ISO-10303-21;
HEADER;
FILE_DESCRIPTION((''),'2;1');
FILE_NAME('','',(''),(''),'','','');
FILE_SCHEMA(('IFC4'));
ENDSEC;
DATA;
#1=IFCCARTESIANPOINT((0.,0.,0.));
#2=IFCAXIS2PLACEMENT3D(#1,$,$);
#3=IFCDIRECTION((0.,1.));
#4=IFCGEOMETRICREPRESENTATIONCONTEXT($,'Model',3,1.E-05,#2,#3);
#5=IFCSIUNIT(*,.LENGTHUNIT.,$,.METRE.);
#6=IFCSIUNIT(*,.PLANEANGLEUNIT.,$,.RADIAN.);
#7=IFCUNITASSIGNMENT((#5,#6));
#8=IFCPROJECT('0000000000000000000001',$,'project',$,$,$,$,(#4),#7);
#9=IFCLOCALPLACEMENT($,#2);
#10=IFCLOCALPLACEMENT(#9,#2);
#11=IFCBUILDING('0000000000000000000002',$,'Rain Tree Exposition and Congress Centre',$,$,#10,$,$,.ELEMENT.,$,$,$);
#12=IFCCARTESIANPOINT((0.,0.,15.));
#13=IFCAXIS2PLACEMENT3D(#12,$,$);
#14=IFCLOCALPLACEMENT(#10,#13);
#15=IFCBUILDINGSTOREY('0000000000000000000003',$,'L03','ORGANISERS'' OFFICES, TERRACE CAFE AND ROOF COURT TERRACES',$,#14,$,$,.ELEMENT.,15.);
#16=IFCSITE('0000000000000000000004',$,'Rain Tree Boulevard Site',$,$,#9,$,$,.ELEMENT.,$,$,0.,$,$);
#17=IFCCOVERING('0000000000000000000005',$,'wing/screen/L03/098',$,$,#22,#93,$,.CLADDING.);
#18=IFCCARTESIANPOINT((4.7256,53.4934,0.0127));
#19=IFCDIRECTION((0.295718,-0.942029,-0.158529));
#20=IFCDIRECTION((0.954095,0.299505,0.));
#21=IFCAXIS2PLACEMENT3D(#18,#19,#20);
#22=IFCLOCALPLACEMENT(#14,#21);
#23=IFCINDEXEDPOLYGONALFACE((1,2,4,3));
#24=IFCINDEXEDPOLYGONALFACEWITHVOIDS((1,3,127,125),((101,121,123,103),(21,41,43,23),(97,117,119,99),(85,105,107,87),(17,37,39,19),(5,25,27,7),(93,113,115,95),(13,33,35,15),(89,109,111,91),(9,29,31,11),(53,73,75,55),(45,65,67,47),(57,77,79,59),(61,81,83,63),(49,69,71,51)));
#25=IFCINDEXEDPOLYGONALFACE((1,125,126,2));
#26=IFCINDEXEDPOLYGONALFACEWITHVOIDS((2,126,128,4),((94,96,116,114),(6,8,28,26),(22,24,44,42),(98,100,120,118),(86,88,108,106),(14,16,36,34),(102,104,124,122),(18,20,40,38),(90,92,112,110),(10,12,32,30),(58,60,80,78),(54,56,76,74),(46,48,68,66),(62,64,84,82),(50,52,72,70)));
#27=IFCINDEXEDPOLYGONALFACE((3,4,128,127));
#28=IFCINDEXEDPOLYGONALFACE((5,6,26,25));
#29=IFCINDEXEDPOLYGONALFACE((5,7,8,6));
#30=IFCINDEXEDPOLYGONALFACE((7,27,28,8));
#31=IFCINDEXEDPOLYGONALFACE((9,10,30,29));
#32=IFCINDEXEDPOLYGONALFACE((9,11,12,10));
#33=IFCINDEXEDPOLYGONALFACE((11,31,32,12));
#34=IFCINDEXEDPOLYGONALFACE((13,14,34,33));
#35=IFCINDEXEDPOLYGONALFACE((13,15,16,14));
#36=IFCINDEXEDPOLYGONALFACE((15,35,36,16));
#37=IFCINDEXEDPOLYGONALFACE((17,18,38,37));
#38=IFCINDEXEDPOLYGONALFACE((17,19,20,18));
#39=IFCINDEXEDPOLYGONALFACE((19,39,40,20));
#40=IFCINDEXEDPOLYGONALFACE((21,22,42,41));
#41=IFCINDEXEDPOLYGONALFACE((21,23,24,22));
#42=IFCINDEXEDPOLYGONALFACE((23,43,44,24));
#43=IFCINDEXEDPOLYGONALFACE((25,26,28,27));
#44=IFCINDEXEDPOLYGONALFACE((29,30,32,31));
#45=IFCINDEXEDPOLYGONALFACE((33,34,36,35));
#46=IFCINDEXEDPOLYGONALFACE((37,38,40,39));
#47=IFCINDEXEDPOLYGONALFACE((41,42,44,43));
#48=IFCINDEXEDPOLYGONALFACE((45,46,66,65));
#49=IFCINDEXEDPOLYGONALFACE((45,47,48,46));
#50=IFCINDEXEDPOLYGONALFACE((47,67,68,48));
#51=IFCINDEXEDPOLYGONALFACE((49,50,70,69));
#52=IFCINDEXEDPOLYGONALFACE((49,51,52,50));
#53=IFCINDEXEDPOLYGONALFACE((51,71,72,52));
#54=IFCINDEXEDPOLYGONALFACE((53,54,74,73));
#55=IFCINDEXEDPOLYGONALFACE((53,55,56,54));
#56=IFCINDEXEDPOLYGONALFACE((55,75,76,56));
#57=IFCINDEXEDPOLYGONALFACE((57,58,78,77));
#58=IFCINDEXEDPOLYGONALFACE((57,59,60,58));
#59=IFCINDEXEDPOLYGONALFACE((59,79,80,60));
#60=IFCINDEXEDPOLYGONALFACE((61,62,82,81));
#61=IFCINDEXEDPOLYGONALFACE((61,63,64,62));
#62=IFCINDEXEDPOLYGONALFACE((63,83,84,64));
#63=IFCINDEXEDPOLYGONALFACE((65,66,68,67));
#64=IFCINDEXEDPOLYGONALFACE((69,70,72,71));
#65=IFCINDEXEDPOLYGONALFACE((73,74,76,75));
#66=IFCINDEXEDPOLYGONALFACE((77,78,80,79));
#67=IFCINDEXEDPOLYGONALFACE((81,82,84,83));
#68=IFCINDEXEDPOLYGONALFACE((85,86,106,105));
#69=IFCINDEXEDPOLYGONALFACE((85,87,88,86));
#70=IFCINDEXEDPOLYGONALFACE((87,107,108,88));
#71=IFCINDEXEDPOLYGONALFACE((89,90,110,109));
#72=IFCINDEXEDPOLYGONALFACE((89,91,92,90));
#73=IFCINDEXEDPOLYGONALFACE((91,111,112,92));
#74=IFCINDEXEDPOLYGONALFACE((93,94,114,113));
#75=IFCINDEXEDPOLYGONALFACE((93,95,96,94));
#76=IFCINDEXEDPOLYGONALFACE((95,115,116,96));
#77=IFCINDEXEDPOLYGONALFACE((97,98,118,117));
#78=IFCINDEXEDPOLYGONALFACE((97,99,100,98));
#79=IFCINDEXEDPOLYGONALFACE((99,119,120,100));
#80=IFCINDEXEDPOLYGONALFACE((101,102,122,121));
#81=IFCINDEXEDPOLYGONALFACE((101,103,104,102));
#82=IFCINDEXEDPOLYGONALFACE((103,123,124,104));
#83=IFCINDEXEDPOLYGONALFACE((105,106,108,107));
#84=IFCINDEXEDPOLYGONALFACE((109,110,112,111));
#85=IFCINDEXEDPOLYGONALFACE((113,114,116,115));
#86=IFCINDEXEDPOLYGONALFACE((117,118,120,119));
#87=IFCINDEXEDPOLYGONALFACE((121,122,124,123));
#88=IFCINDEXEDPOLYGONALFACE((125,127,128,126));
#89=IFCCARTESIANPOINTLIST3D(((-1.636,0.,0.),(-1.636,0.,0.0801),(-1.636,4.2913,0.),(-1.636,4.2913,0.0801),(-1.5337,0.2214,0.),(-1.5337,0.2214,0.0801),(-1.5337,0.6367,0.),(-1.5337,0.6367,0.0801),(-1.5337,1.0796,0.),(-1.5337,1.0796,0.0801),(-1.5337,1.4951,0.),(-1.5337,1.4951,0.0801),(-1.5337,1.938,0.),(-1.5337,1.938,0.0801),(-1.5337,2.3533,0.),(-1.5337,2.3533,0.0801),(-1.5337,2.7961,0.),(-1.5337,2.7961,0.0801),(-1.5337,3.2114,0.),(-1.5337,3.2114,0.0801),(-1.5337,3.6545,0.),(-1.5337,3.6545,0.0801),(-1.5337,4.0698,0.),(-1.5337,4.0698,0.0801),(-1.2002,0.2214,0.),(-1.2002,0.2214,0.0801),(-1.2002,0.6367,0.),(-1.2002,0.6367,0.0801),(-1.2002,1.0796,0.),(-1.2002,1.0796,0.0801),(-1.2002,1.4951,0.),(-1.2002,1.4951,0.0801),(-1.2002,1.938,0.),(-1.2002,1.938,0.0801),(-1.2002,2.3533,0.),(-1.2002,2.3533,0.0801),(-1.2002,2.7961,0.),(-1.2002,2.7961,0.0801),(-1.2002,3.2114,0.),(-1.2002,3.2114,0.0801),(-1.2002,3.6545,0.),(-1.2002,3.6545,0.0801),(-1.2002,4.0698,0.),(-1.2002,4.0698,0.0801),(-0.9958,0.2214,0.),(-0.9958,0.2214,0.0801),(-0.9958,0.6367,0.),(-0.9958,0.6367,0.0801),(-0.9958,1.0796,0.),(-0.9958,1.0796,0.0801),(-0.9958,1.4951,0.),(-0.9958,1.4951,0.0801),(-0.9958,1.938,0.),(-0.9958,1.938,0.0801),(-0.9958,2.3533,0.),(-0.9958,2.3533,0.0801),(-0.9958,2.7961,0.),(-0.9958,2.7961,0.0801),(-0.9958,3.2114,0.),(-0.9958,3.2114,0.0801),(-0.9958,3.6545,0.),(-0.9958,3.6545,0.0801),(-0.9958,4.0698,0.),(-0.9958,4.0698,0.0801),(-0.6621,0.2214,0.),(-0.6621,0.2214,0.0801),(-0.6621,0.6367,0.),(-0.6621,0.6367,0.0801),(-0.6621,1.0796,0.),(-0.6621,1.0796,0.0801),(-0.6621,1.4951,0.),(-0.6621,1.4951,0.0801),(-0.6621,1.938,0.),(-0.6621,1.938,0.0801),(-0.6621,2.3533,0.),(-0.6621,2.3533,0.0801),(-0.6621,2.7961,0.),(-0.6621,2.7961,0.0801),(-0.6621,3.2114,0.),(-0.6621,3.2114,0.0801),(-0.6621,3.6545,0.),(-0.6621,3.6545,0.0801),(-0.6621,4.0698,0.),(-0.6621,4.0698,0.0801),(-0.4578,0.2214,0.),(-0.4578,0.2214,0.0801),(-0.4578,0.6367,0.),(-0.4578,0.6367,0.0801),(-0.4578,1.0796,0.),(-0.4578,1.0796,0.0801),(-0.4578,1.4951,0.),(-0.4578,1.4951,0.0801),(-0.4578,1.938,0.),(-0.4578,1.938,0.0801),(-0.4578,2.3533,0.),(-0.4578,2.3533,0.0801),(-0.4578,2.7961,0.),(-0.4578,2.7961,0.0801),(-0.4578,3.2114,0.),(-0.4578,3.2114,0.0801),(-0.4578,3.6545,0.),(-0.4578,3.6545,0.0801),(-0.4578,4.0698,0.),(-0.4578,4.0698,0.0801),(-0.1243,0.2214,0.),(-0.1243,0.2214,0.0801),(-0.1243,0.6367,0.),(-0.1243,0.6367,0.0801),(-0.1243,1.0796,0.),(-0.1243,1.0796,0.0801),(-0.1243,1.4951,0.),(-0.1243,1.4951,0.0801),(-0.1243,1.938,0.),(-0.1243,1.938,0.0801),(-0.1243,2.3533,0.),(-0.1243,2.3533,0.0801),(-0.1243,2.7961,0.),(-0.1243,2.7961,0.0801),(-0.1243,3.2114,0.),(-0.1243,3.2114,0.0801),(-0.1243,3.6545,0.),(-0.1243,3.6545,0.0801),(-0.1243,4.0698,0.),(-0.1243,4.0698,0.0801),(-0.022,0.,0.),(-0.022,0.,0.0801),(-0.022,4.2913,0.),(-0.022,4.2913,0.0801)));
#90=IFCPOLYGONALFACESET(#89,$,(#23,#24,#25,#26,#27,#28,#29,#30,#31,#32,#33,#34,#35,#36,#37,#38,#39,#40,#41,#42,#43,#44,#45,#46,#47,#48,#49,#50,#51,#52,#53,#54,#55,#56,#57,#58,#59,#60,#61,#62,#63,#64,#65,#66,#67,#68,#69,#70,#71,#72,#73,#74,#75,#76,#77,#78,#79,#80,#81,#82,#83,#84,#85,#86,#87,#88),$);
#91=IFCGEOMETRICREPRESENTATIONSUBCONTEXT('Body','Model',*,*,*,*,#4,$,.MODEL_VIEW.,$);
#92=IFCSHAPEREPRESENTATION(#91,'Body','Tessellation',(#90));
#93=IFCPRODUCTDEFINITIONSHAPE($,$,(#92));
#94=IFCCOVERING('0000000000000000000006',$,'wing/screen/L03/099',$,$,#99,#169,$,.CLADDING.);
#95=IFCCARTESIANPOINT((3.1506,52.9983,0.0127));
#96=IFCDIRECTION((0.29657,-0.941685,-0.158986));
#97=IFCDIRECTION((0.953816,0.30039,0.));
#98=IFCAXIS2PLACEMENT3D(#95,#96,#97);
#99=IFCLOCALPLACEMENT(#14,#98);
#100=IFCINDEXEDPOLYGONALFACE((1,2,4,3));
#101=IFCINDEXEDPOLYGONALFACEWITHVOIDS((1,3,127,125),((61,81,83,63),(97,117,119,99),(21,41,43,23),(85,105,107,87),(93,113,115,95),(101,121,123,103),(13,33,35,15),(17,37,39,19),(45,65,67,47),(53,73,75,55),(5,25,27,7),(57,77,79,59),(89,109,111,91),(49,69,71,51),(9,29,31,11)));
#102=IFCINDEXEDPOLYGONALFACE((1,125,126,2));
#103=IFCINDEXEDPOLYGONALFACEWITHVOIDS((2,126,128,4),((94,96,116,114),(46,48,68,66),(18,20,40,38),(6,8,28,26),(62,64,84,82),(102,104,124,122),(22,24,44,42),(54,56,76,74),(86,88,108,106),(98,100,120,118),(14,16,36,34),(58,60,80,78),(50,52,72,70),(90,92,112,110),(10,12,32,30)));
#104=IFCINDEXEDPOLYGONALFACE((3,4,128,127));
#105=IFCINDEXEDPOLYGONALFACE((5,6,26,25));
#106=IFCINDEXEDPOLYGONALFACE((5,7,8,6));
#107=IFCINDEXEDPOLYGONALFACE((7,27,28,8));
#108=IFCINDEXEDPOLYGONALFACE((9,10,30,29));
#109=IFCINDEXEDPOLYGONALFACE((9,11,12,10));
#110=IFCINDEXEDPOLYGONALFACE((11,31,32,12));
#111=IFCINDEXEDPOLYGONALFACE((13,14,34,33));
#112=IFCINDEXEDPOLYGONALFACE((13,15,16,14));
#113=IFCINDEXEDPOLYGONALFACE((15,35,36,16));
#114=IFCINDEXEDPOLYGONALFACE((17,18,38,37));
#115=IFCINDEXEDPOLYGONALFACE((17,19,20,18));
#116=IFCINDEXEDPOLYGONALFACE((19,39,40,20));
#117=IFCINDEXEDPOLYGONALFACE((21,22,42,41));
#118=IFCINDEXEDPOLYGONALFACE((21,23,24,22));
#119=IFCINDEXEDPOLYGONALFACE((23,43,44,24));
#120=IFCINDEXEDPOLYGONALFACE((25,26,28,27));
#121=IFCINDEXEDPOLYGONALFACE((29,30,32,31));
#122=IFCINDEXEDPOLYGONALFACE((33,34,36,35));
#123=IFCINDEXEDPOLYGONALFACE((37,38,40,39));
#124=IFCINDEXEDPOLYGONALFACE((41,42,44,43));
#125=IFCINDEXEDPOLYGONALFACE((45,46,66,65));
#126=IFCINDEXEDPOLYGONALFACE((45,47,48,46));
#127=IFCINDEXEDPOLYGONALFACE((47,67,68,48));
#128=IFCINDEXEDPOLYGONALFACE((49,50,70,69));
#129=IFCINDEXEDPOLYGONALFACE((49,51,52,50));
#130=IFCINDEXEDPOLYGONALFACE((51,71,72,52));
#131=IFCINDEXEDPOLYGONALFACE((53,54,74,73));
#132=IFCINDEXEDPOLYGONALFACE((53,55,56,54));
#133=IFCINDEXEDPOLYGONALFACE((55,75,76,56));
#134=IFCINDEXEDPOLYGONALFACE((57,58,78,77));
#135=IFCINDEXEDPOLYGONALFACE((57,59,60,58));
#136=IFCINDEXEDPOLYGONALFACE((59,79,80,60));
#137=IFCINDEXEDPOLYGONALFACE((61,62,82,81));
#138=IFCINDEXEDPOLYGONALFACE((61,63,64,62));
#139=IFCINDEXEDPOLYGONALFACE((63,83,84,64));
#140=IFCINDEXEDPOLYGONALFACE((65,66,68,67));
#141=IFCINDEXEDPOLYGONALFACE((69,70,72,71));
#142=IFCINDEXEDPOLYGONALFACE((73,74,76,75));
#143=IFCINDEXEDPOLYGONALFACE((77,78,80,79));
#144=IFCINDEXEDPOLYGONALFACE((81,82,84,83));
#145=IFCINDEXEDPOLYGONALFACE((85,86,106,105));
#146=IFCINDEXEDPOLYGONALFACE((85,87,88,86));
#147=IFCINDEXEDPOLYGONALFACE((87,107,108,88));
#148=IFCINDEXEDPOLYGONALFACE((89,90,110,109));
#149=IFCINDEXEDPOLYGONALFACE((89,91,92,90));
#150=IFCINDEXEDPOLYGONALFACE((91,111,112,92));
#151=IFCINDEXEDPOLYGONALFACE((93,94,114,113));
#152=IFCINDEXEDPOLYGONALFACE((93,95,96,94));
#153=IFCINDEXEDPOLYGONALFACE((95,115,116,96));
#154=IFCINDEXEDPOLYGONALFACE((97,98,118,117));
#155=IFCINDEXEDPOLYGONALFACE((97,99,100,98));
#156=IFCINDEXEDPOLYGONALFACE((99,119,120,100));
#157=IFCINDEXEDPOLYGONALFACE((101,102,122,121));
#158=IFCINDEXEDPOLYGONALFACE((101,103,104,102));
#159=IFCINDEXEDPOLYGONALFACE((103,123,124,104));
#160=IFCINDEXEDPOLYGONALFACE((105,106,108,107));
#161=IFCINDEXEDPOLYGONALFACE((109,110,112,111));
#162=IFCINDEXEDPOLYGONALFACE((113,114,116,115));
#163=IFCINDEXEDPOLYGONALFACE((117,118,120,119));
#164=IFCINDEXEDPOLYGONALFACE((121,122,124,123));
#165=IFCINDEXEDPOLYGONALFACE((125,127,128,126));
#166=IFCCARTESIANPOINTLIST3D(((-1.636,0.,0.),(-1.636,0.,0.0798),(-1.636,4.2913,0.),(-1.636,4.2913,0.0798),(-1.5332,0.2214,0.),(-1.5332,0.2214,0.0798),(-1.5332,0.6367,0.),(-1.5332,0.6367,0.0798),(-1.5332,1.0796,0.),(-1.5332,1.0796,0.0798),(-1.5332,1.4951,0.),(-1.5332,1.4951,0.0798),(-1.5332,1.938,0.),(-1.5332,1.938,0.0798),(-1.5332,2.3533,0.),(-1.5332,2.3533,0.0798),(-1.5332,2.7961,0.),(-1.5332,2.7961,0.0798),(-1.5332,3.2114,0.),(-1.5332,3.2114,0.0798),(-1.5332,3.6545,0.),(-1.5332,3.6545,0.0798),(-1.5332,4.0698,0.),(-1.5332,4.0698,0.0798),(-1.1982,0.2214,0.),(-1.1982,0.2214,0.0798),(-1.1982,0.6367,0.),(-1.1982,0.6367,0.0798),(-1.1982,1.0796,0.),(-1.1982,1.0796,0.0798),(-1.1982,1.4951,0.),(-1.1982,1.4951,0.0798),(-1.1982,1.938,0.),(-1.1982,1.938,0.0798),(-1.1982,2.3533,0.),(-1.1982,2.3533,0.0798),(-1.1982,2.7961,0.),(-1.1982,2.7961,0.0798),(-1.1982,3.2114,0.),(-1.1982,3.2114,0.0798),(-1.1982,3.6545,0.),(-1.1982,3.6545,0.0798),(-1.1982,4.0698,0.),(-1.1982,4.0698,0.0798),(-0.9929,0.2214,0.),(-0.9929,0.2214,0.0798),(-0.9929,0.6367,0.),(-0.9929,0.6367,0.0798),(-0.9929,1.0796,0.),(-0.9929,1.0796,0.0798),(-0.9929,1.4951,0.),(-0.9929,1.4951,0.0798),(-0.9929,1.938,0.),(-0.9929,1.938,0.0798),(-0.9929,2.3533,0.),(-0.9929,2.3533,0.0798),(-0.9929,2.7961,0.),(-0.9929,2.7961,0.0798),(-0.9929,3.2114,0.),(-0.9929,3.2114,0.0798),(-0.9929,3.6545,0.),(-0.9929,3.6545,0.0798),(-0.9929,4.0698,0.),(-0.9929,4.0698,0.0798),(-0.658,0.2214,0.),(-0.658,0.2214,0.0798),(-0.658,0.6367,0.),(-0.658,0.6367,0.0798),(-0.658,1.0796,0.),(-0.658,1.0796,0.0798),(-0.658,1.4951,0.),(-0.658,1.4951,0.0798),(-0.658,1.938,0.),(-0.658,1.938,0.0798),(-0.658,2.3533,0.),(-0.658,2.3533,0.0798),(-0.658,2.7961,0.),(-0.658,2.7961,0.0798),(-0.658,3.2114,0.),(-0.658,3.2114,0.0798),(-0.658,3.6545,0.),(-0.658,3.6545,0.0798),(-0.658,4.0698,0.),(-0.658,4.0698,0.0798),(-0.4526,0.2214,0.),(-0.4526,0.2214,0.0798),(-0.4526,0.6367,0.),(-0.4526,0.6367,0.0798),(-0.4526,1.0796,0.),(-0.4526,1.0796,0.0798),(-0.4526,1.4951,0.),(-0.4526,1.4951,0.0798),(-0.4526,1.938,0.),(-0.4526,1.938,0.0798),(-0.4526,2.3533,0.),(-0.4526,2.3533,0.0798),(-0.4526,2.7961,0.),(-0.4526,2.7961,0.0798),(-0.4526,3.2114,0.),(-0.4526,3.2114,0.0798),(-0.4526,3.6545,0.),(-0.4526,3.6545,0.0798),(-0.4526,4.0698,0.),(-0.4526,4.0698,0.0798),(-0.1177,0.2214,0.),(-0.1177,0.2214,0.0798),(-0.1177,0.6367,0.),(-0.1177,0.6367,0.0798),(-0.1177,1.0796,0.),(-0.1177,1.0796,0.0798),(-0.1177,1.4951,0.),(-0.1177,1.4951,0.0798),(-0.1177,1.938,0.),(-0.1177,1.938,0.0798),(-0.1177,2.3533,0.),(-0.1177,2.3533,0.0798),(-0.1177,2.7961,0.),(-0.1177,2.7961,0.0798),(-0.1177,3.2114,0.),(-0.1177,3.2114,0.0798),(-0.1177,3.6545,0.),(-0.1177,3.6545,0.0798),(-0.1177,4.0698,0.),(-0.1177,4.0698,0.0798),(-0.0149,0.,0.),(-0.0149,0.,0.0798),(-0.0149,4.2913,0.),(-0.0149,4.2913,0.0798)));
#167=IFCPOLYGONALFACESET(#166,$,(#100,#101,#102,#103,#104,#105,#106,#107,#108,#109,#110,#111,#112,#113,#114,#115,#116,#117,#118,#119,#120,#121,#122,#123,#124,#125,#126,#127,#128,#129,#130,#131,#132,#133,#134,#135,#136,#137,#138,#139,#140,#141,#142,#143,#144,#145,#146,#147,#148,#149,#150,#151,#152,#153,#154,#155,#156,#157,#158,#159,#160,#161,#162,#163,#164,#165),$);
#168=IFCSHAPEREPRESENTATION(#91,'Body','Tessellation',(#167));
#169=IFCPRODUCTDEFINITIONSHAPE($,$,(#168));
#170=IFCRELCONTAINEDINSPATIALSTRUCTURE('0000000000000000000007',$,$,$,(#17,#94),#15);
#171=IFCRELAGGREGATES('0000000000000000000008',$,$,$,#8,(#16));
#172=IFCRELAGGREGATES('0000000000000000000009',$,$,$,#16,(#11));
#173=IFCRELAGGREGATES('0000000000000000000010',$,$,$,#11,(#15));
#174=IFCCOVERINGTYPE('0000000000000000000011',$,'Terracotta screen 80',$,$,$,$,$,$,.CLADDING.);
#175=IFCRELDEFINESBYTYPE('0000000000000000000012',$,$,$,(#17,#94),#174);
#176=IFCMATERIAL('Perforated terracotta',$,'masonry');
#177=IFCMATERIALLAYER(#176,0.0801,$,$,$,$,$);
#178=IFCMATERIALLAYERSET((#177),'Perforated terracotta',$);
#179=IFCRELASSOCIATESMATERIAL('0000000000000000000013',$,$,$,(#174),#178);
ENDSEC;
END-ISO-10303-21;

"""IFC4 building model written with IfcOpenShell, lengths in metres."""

from ifc_helpers import new_model, si_unit, direction, frame, origin, place, context, subcontext, project, spatial, polyline, outline, extrude, material, layer, layer_set, type_object, element, save


model = new_model("IFC4")

# Units and contexts
model_context = context("Model", 3, precision=1e-05, world=origin(), true_north=direction((0.0, 1.0)))
body_context = subcontext(model_context, "Body", "Model", "MODEL_VIEW")
ifc_project = project(units=[si_unit("LENGTHUNIT", "METRE"), si_unit("PLANEANGLEUNIT", "RADIAN")], contexts=[model_context])

# Site, building, storey
site_placement = place(None, origin())
site = spatial("IfcSite", under=ifc_project, at=site_placement, Name="Rain Tree Boulevard Site", CompositionType="ELEMENT", RefElevation=0.0)
building_placement = place(site_placement, origin())
building = spatial("IfcBuilding", under=site, at=building_placement, Name="Rain Tree Exposition and Congress Centre", CompositionType="ELEMENT")
storey_placement = place(building_placement, frame((0.0, 0.0, 15.0)))
storey = spatial("IfcBuildingStorey", under=building, at=storey_placement, Name="L03", Description="ORGANISERS' OFFICES, TERRACE CAFE AND ROOF COURT TERRACES", CompositionType="ELEMENT", Elevation=15.0)

# Coverings
ifc_material_1 = material(Name="Perforated terracotta", Category="masonry")
ifc_layer = layer(ifc_material_1, 0.0801)
ifc_layer_set = layer_set([ifc_layer], Name="Perforated terracotta")
covering_type = type_object("IfcCoveringType", Name="Terracotta screen 80", PredefinedType="CLADDING", material=ifc_layer_set)
covering_1_placement = place(storey_placement, frame((4.7256, 53.4934, 0.0127), z_axis=(0.295718, -0.942029, -0.158529), x_axis=(0.954095, 0.299505, 0.0)))
element("IfcCovering", 1, at=covering_1_placement, inside=storey, type_object=covering_type, Name="wing/screen/L03/098", PredefinedType="CLADDING", context=body_context, shape_type="SweptSolid", body=[
    extrude(outline(polyline([(-1.636, 0.0), (-1.636, 4.2913), (-0.022, 4.2913), (-0.022, 0.0), (-1.636, 0.0)]), holes=[polyline([(-0.1243, 0.2214), (-0.1243, 0.6367), (-0.4578, 0.6367), (-0.4578, 0.2214), (-0.1243, 0.2214)]), polyline([(-0.1243, 1.0796), (-0.1243, 1.4951), (-0.4578, 1.4951), (-0.4578, 1.0796), (-0.1243, 1.0796)]), polyline([(-0.1243, 1.938), (-0.1243, 2.3533), (-0.4578, 2.3533), (-0.4578, 1.938), (-0.1243, 1.938)]), polyline([(-0.1243, 2.7961), (-0.1243, 3.2114), (-0.4578, 3.2114), (-0.4578, 2.7961), (-0.1243, 2.7961)]), polyline([(-0.1243, 3.6545), (-0.1243, 4.0698), (-0.4578, 4.0698), (-0.4578, 3.6545), (-0.1243, 3.6545)]), polyline([(-0.6621, 0.2214), (-0.6621, 0.6367), (-0.9958, 0.6367), (-0.9958, 0.2214), (-0.6621, 0.2214)]), polyline([(-0.6621, 1.0796), (-0.6621, 1.4951), (-0.9958, 1.4951), (-0.9958, 1.0796), (-0.6621, 1.0796)]), polyline([(-0.6621, 1.938), (-0.6621, 2.3533), (-0.9958, 2.3533), (-0.9958, 1.938), (-0.6621, 1.938)]), polyline([(-0.6621, 2.7961), (-0.6621, 3.2114), (-0.9958, 3.2114), (-0.9958, 2.7961), (-0.6621, 2.7961)]), polyline([(-0.6621, 3.6545), (-0.6621, 4.0698), (-0.9958, 4.0698), (-0.9958, 3.6545), (-0.6621, 3.6545)]), polyline([(-1.2002, 0.2214), (-1.2002, 0.6367), (-1.5337, 0.6367), (-1.5337, 0.2214), (-1.2002, 0.2214)]), polyline([(-1.2002, 1.0796), (-1.2002, 1.4951), (-1.5337, 1.4951), (-1.5337, 1.0796), (-1.2002, 1.0796)]), polyline([(-1.2002, 1.938), (-1.2002, 2.3533), (-1.5337, 2.3533), (-1.5337, 1.938), (-1.2002, 1.938)]), polyline([(-1.2002, 2.7961), (-1.2002, 3.2114), (-1.5337, 3.2114), (-1.5337, 2.7961), (-1.2002, 2.7961)]), polyline([(-1.2002, 3.6545), (-1.2002, 4.0698), (-1.5337, 4.0698), (-1.5337, 3.6545), (-1.2002, 3.6545)])]), origin(), (0.0, 0.0, 1.0), 0.0801),
])
covering_2_placement = place(storey_placement, frame((3.1506, 52.9983, 0.0127), z_axis=(0.29657, -0.941685, -0.158986), x_axis=(0.953816, 0.30039, 0.0)))
element("IfcCovering", 2, at=covering_2_placement, inside=storey, type_object=covering_type, Name="wing/screen/L03/099", PredefinedType="CLADDING", context=body_context, shape_type="SweptSolid", body=[
    extrude(outline(polyline([(-1.636, 0.0), (-1.636, 4.2913), (-0.0149, 4.2913), (-0.0149, 0.0), (-1.636, 0.0)]), holes=[polyline([(-0.1177, 0.2214), (-0.1177, 0.6367), (-0.4526, 0.6367), (-0.4526, 0.2214), (-0.1177, 0.2214)]), polyline([(-0.1177, 1.0796), (-0.1177, 1.4951), (-0.4526, 1.4951), (-0.4526, 1.0796), (-0.1177, 1.0796)]), polyline([(-0.1177, 1.938), (-0.1177, 2.3533), (-0.4526, 2.3533), (-0.4526, 1.938), (-0.1177, 1.938)]), polyline([(-0.1177, 2.7961), (-0.1177, 3.2114), (-0.4526, 3.2114), (-0.4526, 2.7961), (-0.1177, 2.7961)]), polyline([(-0.1177, 3.6545), (-0.1177, 4.0698), (-0.4526, 4.0698), (-0.4526, 3.6545), (-0.1177, 3.6545)]), polyline([(-0.658, 0.2214), (-0.658, 0.6367), (-0.9929, 0.6367), (-0.9929, 0.2214), (-0.658, 0.2214)]), polyline([(-0.658, 1.0796), (-0.658, 1.4951), (-0.9929, 1.4951), (-0.9929, 1.0796), (-0.658, 1.0796)]), polyline([(-0.658, 1.938), (-0.658, 2.3533), (-0.9929, 2.3533), (-0.9929, 1.938), (-0.658, 1.938)]), polyline([(-0.658, 2.7961), (-0.658, 3.2114), (-0.9929, 3.2114), (-0.9929, 2.7961), (-0.658, 2.7961)]), polyline([(-0.658, 3.6545), (-0.658, 4.0698), (-0.9929, 4.0698), (-0.9929, 3.6545), (-0.658, 3.6545)]), polyline([(-1.1982, 0.2214), (-1.1982, 0.6367), (-1.5332, 0.6367), (-1.5332, 0.2214), (-1.1982, 0.2214)]), polyline([(-1.1982, 1.0796), (-1.1982, 1.4951), (-1.5332, 1.4951), (-1.5332, 1.0796), (-1.1982, 1.0796)]), polyline([(-1.1982, 1.938), (-1.1982, 2.3533), (-1.5332, 2.3533), (-1.5332, 1.938), (-1.1982, 1.938)]), polyline([(-1.1982, 2.7961), (-1.1982, 3.2114), (-1.5332, 3.2114), (-1.5332, 2.7961), (-1.1982, 2.7961)]), polyline([(-1.1982, 3.6545), (-1.1982, 4.0698), (-1.5332, 4.0698), (-1.5332, 3.6545), (-1.1982, 3.6545)])]), origin(), (0.0, 0.0, 1.0), 0.0798),
])

save(model, "model.ifc")
